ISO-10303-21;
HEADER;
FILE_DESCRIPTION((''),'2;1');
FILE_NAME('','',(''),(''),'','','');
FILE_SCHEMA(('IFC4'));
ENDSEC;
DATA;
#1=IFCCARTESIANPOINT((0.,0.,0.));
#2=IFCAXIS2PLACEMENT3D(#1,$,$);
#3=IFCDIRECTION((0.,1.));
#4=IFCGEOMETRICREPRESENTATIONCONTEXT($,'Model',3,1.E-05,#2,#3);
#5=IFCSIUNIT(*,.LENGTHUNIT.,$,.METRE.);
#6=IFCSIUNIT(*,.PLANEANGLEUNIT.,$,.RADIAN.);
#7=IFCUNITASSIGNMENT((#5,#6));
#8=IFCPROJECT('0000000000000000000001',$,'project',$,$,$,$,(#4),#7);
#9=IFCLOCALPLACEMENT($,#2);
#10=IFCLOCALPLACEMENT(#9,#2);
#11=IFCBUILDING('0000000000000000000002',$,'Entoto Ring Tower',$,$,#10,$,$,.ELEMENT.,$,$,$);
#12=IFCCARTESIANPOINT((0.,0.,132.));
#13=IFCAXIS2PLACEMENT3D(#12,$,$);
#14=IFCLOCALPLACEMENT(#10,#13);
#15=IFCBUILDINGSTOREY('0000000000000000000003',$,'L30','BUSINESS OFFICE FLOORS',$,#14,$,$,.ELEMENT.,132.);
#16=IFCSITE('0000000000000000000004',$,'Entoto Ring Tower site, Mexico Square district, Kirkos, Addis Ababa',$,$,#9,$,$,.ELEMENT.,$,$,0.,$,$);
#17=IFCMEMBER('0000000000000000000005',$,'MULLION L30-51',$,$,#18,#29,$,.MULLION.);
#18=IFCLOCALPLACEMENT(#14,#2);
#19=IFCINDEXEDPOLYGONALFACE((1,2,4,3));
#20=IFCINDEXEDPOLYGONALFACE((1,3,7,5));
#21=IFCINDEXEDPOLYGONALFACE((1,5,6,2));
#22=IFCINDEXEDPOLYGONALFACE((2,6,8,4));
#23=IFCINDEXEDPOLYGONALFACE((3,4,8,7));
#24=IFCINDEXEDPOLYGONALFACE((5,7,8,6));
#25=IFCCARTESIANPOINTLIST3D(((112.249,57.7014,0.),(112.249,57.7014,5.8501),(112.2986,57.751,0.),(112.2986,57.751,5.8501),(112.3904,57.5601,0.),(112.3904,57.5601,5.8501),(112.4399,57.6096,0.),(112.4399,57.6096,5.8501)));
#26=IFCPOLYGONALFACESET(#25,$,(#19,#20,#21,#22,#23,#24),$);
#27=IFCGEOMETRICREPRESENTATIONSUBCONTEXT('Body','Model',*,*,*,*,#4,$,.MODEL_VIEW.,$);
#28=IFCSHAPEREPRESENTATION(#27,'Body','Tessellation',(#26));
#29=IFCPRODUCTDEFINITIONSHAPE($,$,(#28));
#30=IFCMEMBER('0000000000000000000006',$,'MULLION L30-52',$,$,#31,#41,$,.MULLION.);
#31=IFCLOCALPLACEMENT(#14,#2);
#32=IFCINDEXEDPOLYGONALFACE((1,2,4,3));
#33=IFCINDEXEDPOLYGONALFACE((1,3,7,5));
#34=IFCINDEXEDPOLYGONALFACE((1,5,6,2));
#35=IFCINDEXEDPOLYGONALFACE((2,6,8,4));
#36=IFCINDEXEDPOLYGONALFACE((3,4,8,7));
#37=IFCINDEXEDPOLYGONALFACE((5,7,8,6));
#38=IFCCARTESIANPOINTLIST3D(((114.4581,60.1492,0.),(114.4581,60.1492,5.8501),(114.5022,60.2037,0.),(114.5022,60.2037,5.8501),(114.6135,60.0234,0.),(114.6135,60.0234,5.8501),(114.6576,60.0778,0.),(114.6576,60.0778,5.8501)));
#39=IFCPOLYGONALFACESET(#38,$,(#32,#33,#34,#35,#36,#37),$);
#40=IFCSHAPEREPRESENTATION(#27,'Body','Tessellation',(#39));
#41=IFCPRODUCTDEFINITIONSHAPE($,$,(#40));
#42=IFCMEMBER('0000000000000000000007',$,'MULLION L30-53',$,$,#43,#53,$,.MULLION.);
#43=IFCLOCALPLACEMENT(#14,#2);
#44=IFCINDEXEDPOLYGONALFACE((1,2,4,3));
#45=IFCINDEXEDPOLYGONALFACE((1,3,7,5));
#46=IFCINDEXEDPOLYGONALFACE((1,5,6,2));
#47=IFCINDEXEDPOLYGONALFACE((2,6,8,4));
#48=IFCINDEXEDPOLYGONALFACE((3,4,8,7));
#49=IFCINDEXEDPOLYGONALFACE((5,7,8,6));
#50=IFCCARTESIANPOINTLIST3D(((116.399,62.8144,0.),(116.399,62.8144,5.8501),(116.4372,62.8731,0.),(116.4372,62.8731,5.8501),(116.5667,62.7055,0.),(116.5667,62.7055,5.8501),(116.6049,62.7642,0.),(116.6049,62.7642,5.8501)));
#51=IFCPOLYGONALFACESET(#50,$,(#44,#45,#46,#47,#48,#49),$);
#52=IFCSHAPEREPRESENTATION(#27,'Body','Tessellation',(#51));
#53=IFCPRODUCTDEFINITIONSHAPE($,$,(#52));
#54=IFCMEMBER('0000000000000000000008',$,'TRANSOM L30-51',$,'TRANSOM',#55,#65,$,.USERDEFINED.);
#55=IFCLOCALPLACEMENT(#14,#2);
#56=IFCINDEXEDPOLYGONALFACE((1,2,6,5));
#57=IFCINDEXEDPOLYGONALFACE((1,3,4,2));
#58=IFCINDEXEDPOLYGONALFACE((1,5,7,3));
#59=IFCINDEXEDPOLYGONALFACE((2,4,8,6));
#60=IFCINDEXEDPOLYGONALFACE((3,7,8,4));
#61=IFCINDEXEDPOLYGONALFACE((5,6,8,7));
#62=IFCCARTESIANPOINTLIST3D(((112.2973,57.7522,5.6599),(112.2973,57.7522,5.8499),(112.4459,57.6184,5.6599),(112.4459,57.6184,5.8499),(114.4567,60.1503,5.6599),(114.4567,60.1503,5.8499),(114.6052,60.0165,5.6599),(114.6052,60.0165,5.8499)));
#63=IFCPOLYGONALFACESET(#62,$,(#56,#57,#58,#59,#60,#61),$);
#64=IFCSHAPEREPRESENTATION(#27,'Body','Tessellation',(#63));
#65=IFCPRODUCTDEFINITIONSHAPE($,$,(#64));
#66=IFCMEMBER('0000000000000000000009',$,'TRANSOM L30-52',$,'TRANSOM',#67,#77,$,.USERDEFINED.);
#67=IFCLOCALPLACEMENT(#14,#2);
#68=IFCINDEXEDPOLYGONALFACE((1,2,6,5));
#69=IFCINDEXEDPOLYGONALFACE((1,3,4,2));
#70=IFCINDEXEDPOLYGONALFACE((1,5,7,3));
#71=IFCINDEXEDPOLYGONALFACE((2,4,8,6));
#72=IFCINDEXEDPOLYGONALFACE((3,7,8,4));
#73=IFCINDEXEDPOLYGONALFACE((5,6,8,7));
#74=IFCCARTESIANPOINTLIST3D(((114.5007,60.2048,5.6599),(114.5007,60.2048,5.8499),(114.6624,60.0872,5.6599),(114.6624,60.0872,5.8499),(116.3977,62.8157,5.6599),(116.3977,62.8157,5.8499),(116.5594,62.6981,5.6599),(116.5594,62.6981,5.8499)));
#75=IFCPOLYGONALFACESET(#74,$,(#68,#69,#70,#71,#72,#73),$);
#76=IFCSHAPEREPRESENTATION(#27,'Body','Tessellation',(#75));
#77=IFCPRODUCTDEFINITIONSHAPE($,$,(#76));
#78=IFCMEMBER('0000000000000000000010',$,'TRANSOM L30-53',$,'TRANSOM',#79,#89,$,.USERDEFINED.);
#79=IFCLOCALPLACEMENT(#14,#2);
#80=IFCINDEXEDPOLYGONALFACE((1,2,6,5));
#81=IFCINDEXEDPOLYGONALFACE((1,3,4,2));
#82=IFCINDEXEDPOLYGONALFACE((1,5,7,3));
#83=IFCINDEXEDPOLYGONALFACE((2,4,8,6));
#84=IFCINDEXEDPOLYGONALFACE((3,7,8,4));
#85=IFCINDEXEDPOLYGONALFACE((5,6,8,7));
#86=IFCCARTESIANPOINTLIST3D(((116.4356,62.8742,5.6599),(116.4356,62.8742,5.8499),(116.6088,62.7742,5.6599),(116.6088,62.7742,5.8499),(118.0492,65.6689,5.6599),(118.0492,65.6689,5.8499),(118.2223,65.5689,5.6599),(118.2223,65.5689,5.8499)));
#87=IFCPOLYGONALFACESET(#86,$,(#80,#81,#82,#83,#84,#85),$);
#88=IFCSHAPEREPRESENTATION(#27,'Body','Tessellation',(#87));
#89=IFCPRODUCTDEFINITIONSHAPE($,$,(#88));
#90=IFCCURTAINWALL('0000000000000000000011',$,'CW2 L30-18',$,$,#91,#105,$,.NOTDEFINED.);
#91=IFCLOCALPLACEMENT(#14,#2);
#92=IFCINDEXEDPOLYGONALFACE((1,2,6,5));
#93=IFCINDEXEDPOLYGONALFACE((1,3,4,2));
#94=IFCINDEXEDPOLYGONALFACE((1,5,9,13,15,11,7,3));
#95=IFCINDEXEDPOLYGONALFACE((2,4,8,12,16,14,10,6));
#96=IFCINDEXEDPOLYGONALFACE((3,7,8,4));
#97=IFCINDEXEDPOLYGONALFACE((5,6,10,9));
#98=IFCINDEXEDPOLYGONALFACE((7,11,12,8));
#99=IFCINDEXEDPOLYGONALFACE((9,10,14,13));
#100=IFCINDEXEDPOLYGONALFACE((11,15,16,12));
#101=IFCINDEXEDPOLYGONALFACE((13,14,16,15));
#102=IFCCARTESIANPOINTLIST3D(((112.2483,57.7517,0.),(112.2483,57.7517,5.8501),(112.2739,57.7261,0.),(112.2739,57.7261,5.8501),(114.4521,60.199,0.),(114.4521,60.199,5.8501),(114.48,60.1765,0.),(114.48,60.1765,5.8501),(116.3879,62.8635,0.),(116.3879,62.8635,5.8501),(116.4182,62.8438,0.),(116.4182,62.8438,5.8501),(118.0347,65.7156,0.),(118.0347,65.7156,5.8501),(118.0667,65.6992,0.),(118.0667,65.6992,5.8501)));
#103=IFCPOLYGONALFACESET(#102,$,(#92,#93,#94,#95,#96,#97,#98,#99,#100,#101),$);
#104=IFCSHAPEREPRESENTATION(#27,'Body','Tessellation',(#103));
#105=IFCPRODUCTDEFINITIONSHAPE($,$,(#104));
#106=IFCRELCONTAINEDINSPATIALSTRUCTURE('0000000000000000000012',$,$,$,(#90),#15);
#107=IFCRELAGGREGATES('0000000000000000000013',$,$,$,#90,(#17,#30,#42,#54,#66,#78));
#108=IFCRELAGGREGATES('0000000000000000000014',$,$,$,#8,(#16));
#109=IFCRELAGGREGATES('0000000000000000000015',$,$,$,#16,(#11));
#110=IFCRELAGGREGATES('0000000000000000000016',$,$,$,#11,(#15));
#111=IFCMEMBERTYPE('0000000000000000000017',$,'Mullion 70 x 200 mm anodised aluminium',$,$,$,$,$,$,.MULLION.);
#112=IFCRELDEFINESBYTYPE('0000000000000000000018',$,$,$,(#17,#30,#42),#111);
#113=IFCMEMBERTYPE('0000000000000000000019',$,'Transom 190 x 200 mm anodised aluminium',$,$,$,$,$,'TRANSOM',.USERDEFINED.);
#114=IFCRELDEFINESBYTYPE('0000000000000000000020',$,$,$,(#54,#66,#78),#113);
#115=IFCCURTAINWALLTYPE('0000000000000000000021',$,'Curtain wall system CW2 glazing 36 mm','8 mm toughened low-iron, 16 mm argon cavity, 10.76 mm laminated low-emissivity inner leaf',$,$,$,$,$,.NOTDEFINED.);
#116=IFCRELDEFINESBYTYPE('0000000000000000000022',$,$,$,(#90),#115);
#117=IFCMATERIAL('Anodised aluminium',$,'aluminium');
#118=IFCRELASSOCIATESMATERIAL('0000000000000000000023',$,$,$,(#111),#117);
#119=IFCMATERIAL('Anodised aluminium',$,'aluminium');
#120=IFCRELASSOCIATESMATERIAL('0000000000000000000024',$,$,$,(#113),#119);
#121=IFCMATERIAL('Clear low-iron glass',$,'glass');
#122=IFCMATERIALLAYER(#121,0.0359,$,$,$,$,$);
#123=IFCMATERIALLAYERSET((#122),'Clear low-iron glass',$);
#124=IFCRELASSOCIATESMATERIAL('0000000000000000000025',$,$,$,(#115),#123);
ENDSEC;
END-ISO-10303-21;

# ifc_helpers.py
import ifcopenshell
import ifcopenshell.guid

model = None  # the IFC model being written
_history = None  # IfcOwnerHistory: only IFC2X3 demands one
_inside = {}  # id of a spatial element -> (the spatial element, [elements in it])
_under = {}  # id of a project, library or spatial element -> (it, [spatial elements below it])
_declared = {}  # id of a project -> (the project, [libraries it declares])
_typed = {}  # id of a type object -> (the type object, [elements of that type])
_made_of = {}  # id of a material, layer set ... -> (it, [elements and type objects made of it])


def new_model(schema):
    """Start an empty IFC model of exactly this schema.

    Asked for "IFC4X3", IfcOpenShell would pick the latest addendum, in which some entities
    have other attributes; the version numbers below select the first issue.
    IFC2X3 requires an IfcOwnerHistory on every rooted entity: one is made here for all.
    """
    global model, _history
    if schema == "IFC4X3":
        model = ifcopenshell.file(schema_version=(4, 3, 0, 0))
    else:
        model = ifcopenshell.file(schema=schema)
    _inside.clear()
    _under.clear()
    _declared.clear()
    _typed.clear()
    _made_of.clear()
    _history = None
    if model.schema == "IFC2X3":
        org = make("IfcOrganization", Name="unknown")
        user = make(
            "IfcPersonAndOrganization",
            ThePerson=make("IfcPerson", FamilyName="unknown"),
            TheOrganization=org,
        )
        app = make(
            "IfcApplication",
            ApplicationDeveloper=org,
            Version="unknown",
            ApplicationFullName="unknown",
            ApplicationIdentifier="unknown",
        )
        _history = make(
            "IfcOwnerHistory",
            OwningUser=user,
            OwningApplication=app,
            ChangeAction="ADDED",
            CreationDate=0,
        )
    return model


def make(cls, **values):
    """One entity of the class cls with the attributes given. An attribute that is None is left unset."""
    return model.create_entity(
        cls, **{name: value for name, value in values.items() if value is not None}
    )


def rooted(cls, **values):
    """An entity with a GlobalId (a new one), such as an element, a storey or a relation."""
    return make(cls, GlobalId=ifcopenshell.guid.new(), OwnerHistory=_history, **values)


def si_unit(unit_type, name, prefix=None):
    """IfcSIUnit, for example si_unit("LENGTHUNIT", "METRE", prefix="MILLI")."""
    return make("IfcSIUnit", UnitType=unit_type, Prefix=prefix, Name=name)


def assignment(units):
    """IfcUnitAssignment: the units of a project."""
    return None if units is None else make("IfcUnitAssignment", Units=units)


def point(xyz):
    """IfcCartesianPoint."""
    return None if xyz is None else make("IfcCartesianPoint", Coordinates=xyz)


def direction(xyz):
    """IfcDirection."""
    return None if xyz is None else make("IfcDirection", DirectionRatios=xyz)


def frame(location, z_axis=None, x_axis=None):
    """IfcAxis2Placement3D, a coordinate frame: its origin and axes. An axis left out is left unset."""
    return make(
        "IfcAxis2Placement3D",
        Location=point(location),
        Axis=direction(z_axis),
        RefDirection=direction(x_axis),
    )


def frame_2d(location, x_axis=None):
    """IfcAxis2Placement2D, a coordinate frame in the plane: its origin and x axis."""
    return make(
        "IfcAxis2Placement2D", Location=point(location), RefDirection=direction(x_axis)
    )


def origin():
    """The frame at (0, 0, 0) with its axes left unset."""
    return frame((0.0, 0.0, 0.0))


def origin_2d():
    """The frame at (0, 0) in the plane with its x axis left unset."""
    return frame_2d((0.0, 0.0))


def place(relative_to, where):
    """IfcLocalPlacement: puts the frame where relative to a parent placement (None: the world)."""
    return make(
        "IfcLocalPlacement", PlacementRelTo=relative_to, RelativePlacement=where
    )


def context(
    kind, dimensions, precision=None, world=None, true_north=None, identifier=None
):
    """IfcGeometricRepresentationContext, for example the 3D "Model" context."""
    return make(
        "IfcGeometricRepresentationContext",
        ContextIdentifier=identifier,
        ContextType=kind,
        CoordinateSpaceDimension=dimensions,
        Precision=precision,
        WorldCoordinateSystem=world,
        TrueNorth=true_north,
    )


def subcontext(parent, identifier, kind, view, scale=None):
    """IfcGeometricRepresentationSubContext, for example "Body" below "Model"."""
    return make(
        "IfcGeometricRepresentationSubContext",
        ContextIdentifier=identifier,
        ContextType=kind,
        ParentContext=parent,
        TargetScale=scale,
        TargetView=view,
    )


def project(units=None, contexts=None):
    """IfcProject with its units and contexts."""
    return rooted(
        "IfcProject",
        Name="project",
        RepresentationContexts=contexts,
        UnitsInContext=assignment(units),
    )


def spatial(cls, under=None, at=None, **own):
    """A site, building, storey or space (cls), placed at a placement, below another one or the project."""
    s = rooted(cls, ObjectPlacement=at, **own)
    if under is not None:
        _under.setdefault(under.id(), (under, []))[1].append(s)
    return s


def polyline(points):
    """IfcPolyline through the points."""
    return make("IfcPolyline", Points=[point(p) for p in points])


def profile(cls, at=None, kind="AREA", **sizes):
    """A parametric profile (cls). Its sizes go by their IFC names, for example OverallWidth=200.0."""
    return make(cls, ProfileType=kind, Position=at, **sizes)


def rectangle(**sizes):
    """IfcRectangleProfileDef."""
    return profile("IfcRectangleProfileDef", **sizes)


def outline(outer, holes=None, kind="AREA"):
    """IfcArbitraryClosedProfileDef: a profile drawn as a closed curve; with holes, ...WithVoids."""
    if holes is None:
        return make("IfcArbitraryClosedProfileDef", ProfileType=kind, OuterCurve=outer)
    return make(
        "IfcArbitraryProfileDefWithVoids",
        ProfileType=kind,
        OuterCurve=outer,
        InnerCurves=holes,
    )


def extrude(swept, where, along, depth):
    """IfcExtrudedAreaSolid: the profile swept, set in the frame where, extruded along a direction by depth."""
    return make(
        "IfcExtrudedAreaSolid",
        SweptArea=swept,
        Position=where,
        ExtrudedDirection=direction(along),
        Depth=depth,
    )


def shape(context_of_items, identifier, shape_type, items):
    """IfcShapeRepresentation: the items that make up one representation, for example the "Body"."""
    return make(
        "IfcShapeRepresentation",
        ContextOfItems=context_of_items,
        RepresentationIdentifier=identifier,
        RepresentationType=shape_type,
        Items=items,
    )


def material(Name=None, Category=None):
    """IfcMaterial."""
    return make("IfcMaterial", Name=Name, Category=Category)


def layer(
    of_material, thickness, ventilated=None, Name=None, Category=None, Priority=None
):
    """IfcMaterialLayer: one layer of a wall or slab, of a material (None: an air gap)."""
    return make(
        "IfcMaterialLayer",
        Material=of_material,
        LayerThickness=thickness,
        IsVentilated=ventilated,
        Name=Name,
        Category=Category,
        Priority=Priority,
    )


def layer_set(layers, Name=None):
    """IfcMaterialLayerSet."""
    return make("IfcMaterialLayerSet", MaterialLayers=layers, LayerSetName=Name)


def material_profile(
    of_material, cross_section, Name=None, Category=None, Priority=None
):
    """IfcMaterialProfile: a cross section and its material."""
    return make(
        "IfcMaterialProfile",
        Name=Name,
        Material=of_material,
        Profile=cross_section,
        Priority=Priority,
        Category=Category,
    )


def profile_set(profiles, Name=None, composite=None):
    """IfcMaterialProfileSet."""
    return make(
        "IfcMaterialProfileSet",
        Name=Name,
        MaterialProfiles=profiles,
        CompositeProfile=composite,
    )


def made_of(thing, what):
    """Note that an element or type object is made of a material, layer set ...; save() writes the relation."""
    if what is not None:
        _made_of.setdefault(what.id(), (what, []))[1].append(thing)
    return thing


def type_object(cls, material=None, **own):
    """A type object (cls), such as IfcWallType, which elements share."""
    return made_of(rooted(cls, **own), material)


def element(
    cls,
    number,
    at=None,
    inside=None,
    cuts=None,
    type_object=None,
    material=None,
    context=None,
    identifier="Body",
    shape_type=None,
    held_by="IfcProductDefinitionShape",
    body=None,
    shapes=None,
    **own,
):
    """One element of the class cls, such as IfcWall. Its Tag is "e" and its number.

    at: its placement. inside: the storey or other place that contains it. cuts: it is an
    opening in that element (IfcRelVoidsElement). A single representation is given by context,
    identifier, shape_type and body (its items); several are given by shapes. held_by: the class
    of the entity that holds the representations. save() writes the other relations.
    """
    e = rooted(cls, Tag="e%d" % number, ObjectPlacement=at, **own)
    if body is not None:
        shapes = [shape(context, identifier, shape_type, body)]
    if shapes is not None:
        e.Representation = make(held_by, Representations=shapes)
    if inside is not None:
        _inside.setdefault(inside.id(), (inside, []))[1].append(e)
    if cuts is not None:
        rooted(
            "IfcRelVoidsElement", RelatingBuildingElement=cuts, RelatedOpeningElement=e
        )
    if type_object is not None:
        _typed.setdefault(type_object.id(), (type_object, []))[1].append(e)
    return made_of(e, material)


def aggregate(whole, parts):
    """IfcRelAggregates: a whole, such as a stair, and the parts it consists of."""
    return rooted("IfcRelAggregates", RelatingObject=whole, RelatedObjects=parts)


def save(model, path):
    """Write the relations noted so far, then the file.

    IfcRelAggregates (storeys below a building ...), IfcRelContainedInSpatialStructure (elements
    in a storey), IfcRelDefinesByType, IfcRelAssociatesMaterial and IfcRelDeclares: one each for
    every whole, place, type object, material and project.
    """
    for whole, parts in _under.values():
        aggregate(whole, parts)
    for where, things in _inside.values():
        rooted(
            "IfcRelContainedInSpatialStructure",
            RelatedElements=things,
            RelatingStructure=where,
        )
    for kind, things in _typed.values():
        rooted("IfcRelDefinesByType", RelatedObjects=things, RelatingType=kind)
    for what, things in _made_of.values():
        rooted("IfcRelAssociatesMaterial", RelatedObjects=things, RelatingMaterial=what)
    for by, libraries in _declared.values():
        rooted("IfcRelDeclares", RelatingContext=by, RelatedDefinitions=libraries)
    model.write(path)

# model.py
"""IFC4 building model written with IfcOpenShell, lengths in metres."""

from ifc_helpers import new_model, si_unit, direction, frame, origin, origin_2d, place, context, subcontext, project, spatial, polyline, rectangle, outline, extrude, material, layer, layer_set, material_profile, profile_set, type_object, element, aggregate, save


model = new_model("IFC4")

# Units and contexts
model_context = context("Model", 3, precision=1e-05, world=origin(), true_north=direction((0.0, 1.0)))
body_context = subcontext(model_context, "Body", "Model", "MODEL_VIEW")
ifc_project = project(units=[si_unit("LENGTHUNIT", "METRE"), si_unit("PLANEANGLEUNIT", "RADIAN")], contexts=[model_context])

# Members
ifc_material_1 = material(Name="Anodised aluminium", Category="aluminium")
ifc_material_profile_1 = material_profile(ifc_material_1, rectangle(XDim=0.0701, YDim=0.2, at=origin_2d()), Name="Mullion 70 x 200 mm anodised aluminium")
ifc_profile_set_1 = profile_set([ifc_material_profile_1], Name="Anodised aluminium")
member_type_1 = type_object("IfcMemberType", Name="Mullion 70 x 200 mm anodised aluminium", PredefinedType="MULLION", material=ifc_profile_set_1)
site_placement = place(None, origin())
building_placement = place(site_placement, origin())
storey_placement = place(building_placement, frame((0.0, 0.0, 132.0)))
member_1_placement = place(storey_placement, frame((112.3445, 57.6555, 0.0), z_axis=(0.0, 0.0, 1.0), x_axis=(0.707107, 0.707107, 0.0)))
member_1 = element("IfcMember", 1, at=member_1_placement, type_object=member_type_1, Name="MULLION L30-51", PredefinedType="MULLION", context=body_context, shape_type="SweptSolid", body=[
    extrude(rectangle(XDim=0.0701, YDim=0.2, at=origin_2d()), origin(), (0.0, 0.0, 1.0), 5.8501),
])
member_2_placement = place(storey_placement, frame((114.5579, 60.1135, 0.0), z_axis=(0.0, 0.0, 1.0), x_axis=(0.62932, 0.777146, 0.0)))
member_2 = element("IfcMember", 2, at=member_2_placement, type_object=member_type_1, Name="MULLION L30-52", PredefinedType="MULLION", context=body_context, shape_type="SweptSolid", body=[
    extrude(rectangle(XDim=0.0701, YDim=0.2, at=origin_2d()), origin(), (0.0, 0.0, 1.0), 5.8501),
])
member_3_placement = place(storey_placement, frame((116.502, 62.7893, 0.0), z_axis=(0.0, 0.0, 1.0), x_axis=(0.544639, 0.838671, 0.0)))
member_3 = element("IfcMember", 3, at=member_3_placement, type_object=member_type_1, Name="MULLION L30-53", PredefinedType="MULLION", context=body_context, shape_type="SweptSolid", body=[
    extrude(rectangle(XDim=0.0701, YDim=0.2, at=origin_2d()), origin(), (0.0, 0.0, 1.0), 5.8501),
])
ifc_material_2 = material(Name="Anodised aluminium", Category="aluminium")
ifc_material_profile_2 = material_profile(ifc_material_2, rectangle(XDim=0.2, YDim=0.1899, at=origin_2d()), Name="Transom 190 x 200 mm anodised aluminium")
ifc_profile_set_2 = profile_set([ifc_material_profile_2], Name="Anodised aluminium")
member_type_2 = type_object("IfcMemberType", Name="Transom 190 x 200 mm anodised aluminium", ElementType="TRANSOM", PredefinedType="USERDEFINED", material=ifc_profile_set_2)
member_4_placement = place(storey_placement, frame((112.3716, 57.6853, 5.7549), z_axis=(0.669144, 0.743132, 0.0), x_axis=(-0.743132, 0.669144, 0.0)))
member_4 = element("IfcMember", 4, at=member_4_placement, type_object=member_type_2, Name="TRANSOM L30-51", ObjectType="TRANSOM", PredefinedType="USERDEFINED", context=body_context, shape_type="SweptSolid", body=[
    extrude(rectangle(XDim=0.2, YDim=0.1899, at=origin_2d()), origin(), (0.0, 0.0, 1.0), 3.2271),
])
member_5_placement = place(storey_placement, frame((114.5815, 60.146, 5.7549), z_axis=(0.587803, 0.809004, 0.0), x_axis=(-0.809004, 0.587803, 0.0)))
member_5 = element("IfcMember", 5, at=member_5_placement, type_object=member_type_2, Name="TRANSOM L30-52", ObjectType="TRANSOM", PredefinedType="USERDEFINED", context=body_context, shape_type="SweptSolid", body=[
    extrude(rectangle(XDim=0.2, YDim=0.1899, at=origin_2d()), origin(), (0.0, 0.0, 1.0), 3.2273),
])
member_6_placement = place(storey_placement, frame((116.5222, 62.8242, 5.7549), z_axis=(0.500004, 0.866023, 0.0), x_axis=(-0.866023, 0.500004, 0.0)))
member_6 = element("IfcMember", 6, at=member_6_placement, type_object=member_type_2, Name="TRANSOM L30-53", ObjectType="TRANSOM", PredefinedType="USERDEFINED", context=body_context, shape_type="SweptSolid", body=[
    extrude(rectangle(XDim=0.2, YDim=0.1899, at=origin_2d()), origin(), (0.0, 0.0, 1.0), 3.2271),
])

# Site, building, storey
site = spatial("IfcSite", under=ifc_project, at=site_placement, Name="Entoto Ring Tower site, Mexico Square district, Kirkos, Addis Ababa", CompositionType="ELEMENT", RefElevation=0.0)
building = spatial("IfcBuilding", under=site, at=building_placement, Name="Entoto Ring Tower", CompositionType="ELEMENT")
storey = spatial("IfcBuildingStorey", under=building, at=storey_placement, Name="L30", Description="BUSINESS OFFICE FLOORS", CompositionType="ELEMENT", Elevation=132.0)

# Curtain wall
ifc_material_3 = material(Name="Clear low-iron glass", Category="glass")
ifc_layer_1 = layer(ifc_material_3, 0.0359)
ifc_layer_set_1 = layer_set([ifc_layer_1], Name="Clear low-iron glass")
curtain_wall_type = type_object("IfcCurtainWallType", Name="Curtain wall system CW2 glazing 36 mm", Description="8 mm toughened low-iron, 16 mm argon cavity, 10.76 mm laminated low-emissivity inner leaf", PredefinedType="NOTDEFINED", material=ifc_layer_set_1)
curtain_wall_1_placement = place(storey_placement, origin())
curtain_wall_1 = element("IfcCurtainWall", 7, at=curtain_wall_1_placement, inside=storey, type_object=curtain_wall_type, Name="CW2 L30-18", PredefinedType="NOTDEFINED", context=body_context, shape_type="SweptSolid", body=[
    extrude(outline(polyline([(112.2739, 57.7261), (114.48, 60.1765), (116.4182, 62.8438), (118.0667, 65.6992), (118.0347, 65.7156), (116.3879, 62.8635), (114.4521, 60.199), (112.2483, 57.7517), (112.2739, 57.7261)])), origin(), (0.0, 0.0, 1.0), 5.8501),
])
aggregate(curtain_wall_1, [member_1, member_2, member_3, member_4, member_5, member_6])

save(model, "model.ifc")
